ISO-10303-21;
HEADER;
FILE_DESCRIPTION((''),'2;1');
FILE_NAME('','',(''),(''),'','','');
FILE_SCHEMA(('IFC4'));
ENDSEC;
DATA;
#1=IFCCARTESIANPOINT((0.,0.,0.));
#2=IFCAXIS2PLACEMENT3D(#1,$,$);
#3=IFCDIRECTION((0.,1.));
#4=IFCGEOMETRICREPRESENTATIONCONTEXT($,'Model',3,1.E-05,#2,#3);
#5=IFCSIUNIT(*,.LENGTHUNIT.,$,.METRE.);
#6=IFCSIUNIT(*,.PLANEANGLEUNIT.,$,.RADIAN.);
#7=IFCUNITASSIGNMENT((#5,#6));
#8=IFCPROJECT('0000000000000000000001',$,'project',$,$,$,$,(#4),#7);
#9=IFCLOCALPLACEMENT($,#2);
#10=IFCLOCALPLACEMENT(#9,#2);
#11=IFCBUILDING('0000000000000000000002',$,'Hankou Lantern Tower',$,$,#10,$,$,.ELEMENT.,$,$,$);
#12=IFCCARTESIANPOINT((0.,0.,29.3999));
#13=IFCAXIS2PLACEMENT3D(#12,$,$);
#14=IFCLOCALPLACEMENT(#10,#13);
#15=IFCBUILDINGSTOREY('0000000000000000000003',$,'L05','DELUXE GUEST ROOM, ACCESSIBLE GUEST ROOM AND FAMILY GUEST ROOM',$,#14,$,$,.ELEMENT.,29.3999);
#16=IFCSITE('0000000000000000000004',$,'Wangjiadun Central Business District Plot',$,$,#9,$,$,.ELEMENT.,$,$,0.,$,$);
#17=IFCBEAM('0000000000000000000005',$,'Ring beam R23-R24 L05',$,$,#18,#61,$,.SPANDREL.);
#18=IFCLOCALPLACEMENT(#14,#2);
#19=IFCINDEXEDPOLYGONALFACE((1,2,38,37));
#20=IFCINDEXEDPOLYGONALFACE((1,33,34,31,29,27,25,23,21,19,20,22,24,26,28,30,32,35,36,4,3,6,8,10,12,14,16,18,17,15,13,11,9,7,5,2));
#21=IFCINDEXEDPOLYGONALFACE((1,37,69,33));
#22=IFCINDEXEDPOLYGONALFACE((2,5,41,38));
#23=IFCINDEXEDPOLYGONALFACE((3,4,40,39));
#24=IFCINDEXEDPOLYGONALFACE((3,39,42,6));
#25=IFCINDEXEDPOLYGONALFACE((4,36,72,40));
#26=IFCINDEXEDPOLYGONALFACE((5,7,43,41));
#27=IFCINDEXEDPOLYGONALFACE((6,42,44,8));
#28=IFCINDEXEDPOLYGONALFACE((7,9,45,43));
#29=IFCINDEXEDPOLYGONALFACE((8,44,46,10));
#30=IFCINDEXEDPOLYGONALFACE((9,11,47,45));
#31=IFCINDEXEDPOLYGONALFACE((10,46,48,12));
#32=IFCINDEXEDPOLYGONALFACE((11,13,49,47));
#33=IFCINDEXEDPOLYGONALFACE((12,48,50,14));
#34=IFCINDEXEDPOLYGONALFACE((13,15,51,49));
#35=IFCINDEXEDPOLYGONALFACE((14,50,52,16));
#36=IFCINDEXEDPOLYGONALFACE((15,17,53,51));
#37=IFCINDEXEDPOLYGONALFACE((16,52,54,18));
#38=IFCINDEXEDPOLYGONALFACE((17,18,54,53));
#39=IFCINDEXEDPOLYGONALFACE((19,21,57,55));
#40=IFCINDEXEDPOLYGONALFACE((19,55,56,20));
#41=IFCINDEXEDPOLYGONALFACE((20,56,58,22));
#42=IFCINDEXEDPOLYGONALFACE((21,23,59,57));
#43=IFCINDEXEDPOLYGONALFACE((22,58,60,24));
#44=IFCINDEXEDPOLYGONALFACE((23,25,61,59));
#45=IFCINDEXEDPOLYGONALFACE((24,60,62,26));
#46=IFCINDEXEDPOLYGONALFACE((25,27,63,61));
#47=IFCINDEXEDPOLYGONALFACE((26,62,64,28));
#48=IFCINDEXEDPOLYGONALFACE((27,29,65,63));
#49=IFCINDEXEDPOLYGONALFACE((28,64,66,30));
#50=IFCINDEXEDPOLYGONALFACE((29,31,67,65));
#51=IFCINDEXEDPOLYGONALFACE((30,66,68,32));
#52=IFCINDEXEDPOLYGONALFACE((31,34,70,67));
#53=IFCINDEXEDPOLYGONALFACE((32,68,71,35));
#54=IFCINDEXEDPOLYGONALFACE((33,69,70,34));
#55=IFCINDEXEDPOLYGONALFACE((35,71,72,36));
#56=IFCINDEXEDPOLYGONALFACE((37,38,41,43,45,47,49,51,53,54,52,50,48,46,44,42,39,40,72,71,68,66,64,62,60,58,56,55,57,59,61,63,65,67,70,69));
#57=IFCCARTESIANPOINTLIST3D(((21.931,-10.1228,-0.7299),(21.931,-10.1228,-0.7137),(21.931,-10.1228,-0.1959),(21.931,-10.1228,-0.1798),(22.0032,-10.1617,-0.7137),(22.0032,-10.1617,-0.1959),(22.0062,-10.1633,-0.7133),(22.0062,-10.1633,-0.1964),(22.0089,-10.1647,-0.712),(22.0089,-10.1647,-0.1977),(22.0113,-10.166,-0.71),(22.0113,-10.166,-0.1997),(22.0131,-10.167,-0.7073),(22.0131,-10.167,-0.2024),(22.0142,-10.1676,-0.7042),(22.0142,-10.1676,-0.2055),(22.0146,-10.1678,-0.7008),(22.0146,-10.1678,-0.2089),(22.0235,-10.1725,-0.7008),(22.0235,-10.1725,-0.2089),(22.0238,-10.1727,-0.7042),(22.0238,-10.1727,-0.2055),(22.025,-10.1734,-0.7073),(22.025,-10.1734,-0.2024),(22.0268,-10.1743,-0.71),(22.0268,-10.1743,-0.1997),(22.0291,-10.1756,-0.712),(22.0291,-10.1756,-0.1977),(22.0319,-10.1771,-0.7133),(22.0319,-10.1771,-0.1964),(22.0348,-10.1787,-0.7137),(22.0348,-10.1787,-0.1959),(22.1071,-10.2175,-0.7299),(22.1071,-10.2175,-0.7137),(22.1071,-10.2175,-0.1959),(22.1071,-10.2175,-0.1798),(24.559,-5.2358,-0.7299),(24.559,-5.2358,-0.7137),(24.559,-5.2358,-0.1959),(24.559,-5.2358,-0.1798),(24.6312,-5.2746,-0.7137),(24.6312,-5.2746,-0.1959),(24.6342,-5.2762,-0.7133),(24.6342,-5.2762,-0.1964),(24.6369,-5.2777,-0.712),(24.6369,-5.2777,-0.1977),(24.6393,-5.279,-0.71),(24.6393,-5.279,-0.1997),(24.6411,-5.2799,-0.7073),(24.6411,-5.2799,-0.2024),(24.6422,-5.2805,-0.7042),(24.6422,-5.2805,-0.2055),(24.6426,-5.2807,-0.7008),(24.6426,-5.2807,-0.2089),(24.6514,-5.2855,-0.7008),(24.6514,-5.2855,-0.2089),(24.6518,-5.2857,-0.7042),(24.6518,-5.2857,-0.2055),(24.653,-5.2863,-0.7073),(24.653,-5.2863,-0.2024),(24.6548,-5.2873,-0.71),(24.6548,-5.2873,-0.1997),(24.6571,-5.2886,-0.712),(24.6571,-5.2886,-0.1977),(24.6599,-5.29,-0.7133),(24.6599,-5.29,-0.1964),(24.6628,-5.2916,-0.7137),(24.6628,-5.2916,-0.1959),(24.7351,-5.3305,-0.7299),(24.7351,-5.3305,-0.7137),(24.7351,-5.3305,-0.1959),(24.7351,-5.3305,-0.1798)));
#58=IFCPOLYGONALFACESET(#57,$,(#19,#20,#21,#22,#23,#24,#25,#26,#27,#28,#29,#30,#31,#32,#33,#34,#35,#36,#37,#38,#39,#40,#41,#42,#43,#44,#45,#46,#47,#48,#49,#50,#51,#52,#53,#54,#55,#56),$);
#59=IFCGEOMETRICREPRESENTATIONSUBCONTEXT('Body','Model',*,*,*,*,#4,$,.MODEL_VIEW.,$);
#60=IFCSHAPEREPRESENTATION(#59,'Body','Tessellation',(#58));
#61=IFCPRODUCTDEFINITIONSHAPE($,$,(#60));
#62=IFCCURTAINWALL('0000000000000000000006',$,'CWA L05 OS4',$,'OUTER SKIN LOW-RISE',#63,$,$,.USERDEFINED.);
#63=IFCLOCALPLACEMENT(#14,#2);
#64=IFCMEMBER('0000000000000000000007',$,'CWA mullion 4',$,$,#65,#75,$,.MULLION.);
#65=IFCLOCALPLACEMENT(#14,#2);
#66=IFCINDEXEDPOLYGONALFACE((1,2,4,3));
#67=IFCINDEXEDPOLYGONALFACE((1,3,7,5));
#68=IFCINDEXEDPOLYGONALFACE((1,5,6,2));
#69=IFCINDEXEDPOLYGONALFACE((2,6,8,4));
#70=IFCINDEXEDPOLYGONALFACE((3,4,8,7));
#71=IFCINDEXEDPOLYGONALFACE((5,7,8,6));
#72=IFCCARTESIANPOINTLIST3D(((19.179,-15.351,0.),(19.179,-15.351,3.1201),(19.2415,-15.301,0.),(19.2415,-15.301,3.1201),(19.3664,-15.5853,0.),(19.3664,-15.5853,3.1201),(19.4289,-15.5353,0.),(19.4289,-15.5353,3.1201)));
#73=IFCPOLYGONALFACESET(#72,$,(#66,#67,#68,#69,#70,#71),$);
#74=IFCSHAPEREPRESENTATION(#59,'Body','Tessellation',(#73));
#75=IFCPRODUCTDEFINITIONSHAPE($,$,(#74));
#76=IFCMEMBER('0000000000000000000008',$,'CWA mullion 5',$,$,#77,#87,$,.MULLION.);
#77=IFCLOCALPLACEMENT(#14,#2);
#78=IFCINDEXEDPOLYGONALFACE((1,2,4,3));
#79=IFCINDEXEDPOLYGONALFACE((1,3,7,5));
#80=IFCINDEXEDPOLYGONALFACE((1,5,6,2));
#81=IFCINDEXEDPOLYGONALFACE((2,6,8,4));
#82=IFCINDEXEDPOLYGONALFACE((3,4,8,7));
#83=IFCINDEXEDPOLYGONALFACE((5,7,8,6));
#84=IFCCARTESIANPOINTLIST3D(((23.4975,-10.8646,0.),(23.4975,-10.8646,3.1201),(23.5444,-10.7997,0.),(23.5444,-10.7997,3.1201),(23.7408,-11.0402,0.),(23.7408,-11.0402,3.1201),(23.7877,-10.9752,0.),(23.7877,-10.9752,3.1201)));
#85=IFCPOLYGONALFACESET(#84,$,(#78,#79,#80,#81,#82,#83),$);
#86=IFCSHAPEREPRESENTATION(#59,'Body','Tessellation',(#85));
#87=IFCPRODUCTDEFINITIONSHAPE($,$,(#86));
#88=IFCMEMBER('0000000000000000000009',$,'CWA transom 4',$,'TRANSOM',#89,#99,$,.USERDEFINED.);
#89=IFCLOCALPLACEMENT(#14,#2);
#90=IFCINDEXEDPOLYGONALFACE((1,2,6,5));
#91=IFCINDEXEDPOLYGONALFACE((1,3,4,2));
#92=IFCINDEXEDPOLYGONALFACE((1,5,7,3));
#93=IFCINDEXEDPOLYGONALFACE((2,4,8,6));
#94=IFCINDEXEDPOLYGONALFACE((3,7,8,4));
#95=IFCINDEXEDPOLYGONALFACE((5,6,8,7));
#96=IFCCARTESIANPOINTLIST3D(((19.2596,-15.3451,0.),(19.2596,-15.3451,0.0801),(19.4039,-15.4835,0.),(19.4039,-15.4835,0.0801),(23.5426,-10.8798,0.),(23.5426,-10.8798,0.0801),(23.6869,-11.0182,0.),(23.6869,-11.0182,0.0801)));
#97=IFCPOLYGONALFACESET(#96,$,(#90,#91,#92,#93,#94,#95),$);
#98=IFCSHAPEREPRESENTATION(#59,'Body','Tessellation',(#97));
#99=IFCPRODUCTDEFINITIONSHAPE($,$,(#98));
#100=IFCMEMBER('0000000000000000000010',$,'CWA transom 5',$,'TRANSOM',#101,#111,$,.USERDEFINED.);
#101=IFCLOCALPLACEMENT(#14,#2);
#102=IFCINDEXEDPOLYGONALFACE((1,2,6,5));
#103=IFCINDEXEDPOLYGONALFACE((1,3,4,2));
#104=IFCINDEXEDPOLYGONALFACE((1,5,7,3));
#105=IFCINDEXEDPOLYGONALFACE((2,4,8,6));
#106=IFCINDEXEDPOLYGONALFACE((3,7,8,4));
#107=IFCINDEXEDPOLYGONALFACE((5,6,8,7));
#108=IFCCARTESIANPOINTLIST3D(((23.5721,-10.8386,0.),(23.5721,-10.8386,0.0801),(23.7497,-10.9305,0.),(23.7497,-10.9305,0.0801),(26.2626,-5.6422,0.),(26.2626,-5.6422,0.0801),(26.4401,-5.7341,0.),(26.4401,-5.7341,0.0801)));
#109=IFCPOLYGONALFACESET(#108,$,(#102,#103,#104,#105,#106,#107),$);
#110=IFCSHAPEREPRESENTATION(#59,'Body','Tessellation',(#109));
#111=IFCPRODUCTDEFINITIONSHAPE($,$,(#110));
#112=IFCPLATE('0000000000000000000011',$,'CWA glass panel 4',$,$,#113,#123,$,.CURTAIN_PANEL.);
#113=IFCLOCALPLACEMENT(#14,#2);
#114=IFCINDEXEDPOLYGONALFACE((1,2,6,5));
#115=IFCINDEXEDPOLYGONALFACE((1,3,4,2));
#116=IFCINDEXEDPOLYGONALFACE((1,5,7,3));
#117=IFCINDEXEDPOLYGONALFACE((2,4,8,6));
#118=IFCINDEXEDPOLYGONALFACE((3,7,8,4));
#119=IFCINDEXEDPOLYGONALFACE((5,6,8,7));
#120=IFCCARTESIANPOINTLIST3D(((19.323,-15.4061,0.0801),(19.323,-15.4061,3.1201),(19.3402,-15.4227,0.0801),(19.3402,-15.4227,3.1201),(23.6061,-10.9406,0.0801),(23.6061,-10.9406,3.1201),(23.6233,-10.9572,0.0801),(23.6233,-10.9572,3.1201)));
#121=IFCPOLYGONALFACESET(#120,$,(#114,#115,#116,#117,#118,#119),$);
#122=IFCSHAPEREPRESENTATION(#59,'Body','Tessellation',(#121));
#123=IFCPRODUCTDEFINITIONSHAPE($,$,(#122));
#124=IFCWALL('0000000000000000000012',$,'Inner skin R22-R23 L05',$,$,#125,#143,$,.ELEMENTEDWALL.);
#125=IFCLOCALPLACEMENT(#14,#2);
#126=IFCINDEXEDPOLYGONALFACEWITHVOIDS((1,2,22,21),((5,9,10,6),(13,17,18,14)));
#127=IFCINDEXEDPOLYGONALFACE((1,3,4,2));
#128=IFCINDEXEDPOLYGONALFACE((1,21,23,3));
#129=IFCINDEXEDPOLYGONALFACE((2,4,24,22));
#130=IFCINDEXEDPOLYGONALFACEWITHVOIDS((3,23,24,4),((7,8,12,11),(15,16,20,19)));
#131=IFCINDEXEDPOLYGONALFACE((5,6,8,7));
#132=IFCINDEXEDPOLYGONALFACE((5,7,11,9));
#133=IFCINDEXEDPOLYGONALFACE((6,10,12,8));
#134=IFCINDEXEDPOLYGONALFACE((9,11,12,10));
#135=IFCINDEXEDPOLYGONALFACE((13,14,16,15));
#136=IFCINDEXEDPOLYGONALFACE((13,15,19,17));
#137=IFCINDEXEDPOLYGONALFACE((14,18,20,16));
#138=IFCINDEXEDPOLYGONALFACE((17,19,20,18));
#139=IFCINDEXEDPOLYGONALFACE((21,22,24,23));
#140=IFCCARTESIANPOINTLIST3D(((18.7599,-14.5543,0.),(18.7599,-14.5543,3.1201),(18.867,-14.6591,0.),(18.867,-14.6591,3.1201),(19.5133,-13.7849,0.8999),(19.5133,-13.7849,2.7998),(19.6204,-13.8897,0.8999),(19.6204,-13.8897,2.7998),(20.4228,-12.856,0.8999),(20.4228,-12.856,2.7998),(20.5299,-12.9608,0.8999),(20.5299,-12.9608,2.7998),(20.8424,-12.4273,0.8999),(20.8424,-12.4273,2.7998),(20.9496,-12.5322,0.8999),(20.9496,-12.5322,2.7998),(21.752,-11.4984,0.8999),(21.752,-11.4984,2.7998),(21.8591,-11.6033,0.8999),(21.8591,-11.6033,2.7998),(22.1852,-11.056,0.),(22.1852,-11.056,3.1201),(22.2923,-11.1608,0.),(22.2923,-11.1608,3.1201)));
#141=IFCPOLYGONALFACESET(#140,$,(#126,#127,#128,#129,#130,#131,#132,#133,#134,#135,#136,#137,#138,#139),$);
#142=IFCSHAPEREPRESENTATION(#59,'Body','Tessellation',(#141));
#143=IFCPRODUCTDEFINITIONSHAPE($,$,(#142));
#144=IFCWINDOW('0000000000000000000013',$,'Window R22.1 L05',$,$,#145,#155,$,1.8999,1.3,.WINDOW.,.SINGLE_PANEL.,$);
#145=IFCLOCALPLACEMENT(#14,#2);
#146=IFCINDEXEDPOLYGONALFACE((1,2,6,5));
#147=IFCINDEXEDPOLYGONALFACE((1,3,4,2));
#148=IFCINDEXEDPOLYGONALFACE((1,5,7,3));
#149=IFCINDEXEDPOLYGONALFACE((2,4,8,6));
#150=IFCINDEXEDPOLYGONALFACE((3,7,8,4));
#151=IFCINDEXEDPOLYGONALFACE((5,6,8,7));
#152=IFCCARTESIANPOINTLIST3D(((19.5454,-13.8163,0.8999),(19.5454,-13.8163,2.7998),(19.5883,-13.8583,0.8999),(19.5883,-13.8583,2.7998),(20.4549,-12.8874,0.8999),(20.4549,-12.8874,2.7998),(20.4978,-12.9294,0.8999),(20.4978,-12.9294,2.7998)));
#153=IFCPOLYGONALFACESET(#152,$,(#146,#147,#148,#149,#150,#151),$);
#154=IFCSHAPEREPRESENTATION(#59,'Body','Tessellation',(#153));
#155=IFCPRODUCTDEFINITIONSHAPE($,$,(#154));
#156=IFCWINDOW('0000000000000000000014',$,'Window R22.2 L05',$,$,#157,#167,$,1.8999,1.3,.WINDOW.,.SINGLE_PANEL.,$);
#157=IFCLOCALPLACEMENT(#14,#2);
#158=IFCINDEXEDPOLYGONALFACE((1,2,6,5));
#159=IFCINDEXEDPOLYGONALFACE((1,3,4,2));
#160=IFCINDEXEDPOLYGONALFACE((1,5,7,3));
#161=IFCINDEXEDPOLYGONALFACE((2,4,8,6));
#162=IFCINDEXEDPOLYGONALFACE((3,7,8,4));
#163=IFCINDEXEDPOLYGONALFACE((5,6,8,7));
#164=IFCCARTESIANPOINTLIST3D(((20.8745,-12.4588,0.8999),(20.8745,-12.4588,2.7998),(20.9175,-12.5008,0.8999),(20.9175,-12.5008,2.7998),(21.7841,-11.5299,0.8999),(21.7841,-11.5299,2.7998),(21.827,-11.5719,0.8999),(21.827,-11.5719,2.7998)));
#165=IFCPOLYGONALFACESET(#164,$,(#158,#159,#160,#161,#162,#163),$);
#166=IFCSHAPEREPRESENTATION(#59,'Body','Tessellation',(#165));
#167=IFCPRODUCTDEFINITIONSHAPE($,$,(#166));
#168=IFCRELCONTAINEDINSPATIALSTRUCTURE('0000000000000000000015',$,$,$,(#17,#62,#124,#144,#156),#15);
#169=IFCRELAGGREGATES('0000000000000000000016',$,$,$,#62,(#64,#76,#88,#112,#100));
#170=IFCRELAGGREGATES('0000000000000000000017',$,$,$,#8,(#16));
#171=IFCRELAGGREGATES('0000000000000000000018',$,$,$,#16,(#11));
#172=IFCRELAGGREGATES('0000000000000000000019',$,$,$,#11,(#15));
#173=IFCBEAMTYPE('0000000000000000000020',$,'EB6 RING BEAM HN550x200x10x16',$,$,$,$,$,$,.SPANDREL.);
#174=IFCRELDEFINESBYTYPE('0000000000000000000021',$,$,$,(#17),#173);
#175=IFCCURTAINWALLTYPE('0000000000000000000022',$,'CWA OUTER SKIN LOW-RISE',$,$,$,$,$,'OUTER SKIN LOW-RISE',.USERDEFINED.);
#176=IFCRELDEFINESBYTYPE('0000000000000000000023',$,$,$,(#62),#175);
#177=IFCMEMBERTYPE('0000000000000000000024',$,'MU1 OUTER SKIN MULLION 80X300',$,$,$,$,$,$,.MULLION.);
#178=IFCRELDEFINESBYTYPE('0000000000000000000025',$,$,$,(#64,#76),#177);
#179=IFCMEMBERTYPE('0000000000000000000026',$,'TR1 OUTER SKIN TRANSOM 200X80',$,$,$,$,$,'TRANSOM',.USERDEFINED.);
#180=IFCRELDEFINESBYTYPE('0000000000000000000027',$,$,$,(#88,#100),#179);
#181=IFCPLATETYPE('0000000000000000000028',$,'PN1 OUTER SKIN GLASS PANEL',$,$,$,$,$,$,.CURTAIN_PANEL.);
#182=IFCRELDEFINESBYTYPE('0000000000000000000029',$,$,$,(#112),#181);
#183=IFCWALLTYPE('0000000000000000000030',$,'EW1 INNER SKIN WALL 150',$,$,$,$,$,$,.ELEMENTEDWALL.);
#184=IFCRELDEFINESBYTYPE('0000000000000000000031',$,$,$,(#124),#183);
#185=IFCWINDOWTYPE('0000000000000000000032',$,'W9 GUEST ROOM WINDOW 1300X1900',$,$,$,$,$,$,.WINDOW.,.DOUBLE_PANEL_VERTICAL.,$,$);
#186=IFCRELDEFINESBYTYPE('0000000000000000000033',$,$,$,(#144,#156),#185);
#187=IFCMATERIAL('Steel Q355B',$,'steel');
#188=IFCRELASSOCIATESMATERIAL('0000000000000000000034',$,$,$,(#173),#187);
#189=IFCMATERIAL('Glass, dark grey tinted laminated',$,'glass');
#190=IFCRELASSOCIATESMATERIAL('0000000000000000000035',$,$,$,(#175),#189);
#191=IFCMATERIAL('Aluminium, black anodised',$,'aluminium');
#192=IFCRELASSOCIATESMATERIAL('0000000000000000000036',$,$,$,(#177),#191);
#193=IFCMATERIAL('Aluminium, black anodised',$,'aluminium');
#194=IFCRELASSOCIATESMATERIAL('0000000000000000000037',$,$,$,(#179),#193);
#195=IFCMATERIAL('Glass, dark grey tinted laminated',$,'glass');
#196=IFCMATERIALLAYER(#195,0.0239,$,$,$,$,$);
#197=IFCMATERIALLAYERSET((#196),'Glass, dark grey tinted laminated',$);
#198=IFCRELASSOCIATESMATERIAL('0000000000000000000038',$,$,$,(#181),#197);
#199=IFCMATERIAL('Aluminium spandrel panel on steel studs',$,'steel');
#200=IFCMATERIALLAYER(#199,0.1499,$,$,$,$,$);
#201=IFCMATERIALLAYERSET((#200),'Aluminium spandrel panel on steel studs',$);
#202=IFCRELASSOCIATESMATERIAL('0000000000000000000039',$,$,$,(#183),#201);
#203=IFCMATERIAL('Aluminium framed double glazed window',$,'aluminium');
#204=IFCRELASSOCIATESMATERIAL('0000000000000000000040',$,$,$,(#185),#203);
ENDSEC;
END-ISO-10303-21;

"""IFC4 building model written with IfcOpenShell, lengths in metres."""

from ifc_helpers import new_model, si_unit, direction, frame, frame_2d, origin, origin_2d, place, context, subcontext, project, spatial, rectangle, i_section, extrude, material, layer, layer_set, material_profile, profile_set, type_object, element, fill, aggregate, save


model = new_model("IFC4")

# Units and contexts
model_context = context("Model", 3, precision=1e-05, world=origin(), true_north=direction((0.0, 1.0)))
body_context = subcontext(model_context, "Body", "Model", "MODEL_VIEW")
ifc_project = project(units=[si_unit("LENGTHUNIT", "METRE"), si_unit("PLANEANGLEUNIT", "RADIAN")], contexts=[model_context])

# Site, building, storey
site_placement = place(None, origin())
site = spatial("IfcSite", under=ifc_project, at=site_placement, Name="Wangjiadun Central Business District Plot", CompositionType="ELEMENT", RefElevation=0.0)
building_placement = place(site_placement, origin())
building = spatial("IfcBuilding", under=site, at=building_placement, Name="Hankou Lantern Tower", CompositionType="ELEMENT")
storey_placement = place(building_placement, frame((0.0, 0.0, 29.3999)))
storey = spatial("IfcBuildingStorey", under=building, at=storey_placement, Name="L05", Description="DELUXE GUEST ROOM, ACCESSIBLE GUEST ROOM AND FAMILY GUEST ROOM", CompositionType="ELEMENT", Elevation=29.3999)

# Beam
ifc_material_1 = material(Name="Steel Q355B", Category="steel")
ifc_material_profile_1 = material_profile(ifc_material_1, i_section(OverallWidth=0.2, OverallDepth=0.55, WebThickness=0.01, FlangeThickness=0.0161, FilletRadius=0.0129, at=origin_2d()), Name="HN550x200x10x16")
ifc_profile_set_1 = profile_set([ifc_material_profile_1], Name="Steel Q355B")
beam_type = type_object("IfcBeamType", Name="EB6 RING BEAM HN550x200x10x16", PredefinedType="SPANDREL", material=ifc_profile_set_1)
beam_1_placement = place(storey_placement, frame((22.019, -10.1702, -0.4548), z_axis=(0.473609, 0.880735, 0.0), x_axis=(-0.880735, 0.473609, 0.0)))
element("IfcBeam", 1, at=beam_1_placement, inside=storey, type_object=beam_type, Name="Ring beam R23-R24 L05", PredefinedType="SPANDREL", context=body_context, shape_type="SweptSolid", body=[
    extrude(i_section(OverallWidth=0.2, OverallDepth=0.55, WebThickness=0.01, FlangeThickness=0.0161, FilletRadius=0.0129, at=origin_2d()), origin(), (0.0, 0.0, 1.0), 5.5488),
])

# Curtain wall, members, plate
ifc_material_2 = material(Name="Glass, dark grey tinted laminated", Category="glass")
curtain_wall_type = type_object("IfcCurtainWallType", Name="CWA OUTER SKIN LOW-RISE", ElementType="OUTER SKIN LOW-RISE", PredefinedType="USERDEFINED", material=ifc_material_2)
curtain_wall_placement = place(storey_placement, origin())
curtain_wall = element("IfcCurtainWall", 2, at=curtain_wall_placement, inside=storey, type_object=curtain_wall_type, Name="CWA L05 OS4", ObjectType="OUTER SKIN LOW-RISE", PredefinedType="USERDEFINED")
ifc_material_3 = material(Name="Aluminium, black anodised", Category="aluminium")
ifc_material_profile_2 = material_profile(ifc_material_3, rectangle(XDim=0.0801, YDim=0.3, at=origin_2d()), Name="MU1 80X300")
ifc_profile_set_2 = profile_set([ifc_material_profile_2], Name="Aluminium, black anodised")
member_type_1 = type_object("IfcMemberType", Name="MU1 OUTER SKIN MULLION 80X300", PredefinedType="MULLION", material=ifc_profile_set_2)
member_1_placement = place(storey_placement, frame((19.304, -15.4431, 0.0), z_axis=(0.0, 0.0, 1.0), x_axis=(0.780869, 0.624695, 0.0)))
member_1 = element("IfcMember", 3, at=member_1_placement, type_object=member_type_1, Name="CWA mullion 4", PredefinedType="MULLION", context=body_context, shape_type="SweptSolid", body=[
    extrude(rectangle(XDim=0.0801, YDim=0.3, at=origin_2d()), origin(), (0.0, 0.0, 1.0), 3.1201),
])
member_2_placement = place(storey_placement, frame((23.6426, -10.9199, 0.0), z_axis=(0.0, 0.0, 1.0), x_axis=(0.585206, 0.810885, 0.0)))
member_2 = element("IfcMember", 4, at=member_2_placement, type_object=member_type_1, Name="CWA mullion 5", PredefinedType="MULLION", context=body_context, shape_type="SweptSolid", body=[
    extrude(rectangle(XDim=0.0801, YDim=0.3, at=origin_2d()), origin(), (0.0, 0.0, 1.0), 3.1201),
])
ifc_material_4 = material(Name="Aluminium, black anodised", Category="aluminium")
ifc_material_profile_3 = material_profile(ifc_material_4, rectangle(XDim=0.2, YDim=0.0801, at=origin_2d()), Name="TR1 200X80")
ifc_profile_set_3 = profile_set([ifc_material_profile_3], Name="Aluminium, black anodised")
member_type_2 = type_object("IfcMemberType", Name="TR1 OUTER SKIN TRANSOM 200X80", ElementType="TRANSOM", PredefinedType="USERDEFINED", material=ifc_profile_set_3)
member_3_placement = place(storey_placement, frame((19.3318, -15.4143, 0.04), z_axis=(0.692216, 0.721691, 0.0), x_axis=(-0.721691, 0.692216, 0.0)))
member_3 = element("IfcMember", 5, at=member_3_placement, type_object=member_type_2, Name="CWA transom 4", ObjectType="TRANSOM", PredefinedType="USERDEFINED", context=body_context, shape_type="SweptSolid", body=[
    extrude(rectangle(XDim=0.2, YDim=0.0801, at=origin_2d()), origin(), (0.0, 0.0, 1.0), 6.1873),
])
member_4_placement = place(storey_placement, frame((23.6609, -10.8845, 0.04), z_axis=(0.459786, 0.88803, 0.0), x_axis=(-0.88803, 0.459786, 0.0)))
member_4 = element("IfcMember", 6, at=member_4_placement, type_object=member_type_2, Name="CWA transom 5", ObjectType="TRANSOM", PredefinedType="USERDEFINED", context=body_context, shape_type="SweptSolid", body=[
    extrude(rectangle(XDim=0.2, YDim=0.0801, at=origin_2d()), origin(), (0.0, 0.0, 1.0), 5.8516),
])
ifc_material_5 = material(Name="Glass, dark grey tinted laminated", Category="glass")
ifc_layer_1 = layer(ifc_material_5, 0.0239)
ifc_layer_set_1 = layer_set([ifc_layer_1], Name="Glass, dark grey tinted laminated")
plate_type = type_object("IfcPlateType", Name="PN1 OUTER SKIN GLASS PANEL", PredefinedType="CURTAIN_PANEL", material=ifc_layer_set_1)
plate_placement = place(storey_placement, frame((21.4731, -13.1816, 0.0801), z_axis=(0.0, 0.0, 1.0), x_axis=(0.692216, 0.721691, 0.0)))
plate = element("IfcPlate", 7, at=plate_placement, type_object=plate_type, Name="CWA glass panel 4", PredefinedType="CURTAIN_PANEL", context=body_context, shape_type="SweptSolid", body=[
    extrude(rectangle(XDim=6.1875, YDim=0.0239, at=origin_2d()), origin(), (0.0, 0.0, 1.0), 3.04),
])
aggregate(curtain_wall, [member_1, member_2, member_3, plate, member_4])

# Wall, openings, windows
ifc_material_6 = material(Name="Aluminium spandrel panel on steel studs", Category="steel")
ifc_layer_2 = layer(ifc_material_6, 0.1499)
ifc_layer_set_2 = layer_set([ifc_layer_2], Name="Aluminium spandrel panel on steel studs")
wall_type_1 = type_object("IfcWallType", Name="EW1 INNER SKIN WALL 150", PredefinedType="ELEMENTEDWALL", material=ifc_layer_set_2)
wall_1_placement = place(storey_placement, frame((18.8135, -14.6067, 0.0), z_axis=(0.0, 0.0, 1.0), x_axis=(0.699613, 0.714522, 0.0)))
wall_1 = element("IfcWall", 8, at=wall_1_placement, inside=storey, type_object=wall_type_1, Name="Inner skin R22-R23 L05", PredefinedType="ELEMENTEDWALL", context=body_context, shape_type="SweptSolid", body=[
    extrude(rectangle(XDim=4.896, YDim=0.1499, at=frame_2d((2.448, 0.0))), origin(), (0.0, 0.0, 1.0), 3.1201),
])
opening_1_placement = place(wall_1_placement, frame((1.0769, 0.0, 0.8999)))
opening_1 = element("IfcOpeningElement", 9, at=opening_1_placement, cuts=wall_1, PredefinedType="OPENING", context=body_context, shape_type="SweptSolid", body=[
    extrude(rectangle(XDim=1.3, YDim=1.8999, at=frame_2d((0.6499, 0.95))), frame((0.0, 0.085, 0.0), z_axis=(0.0, -1.0, 0.0), x_axis=(1.0, 0.0, 0.0)), (0.0, 0.0, 1.0), 0.1699),
])
opening_2_placement = place(wall_1_placement, frame((2.9768, 0.0, 0.8999)))
opening_2 = element("IfcOpeningElement", 10, at=opening_2_placement, cuts=wall_1, PredefinedType="OPENING", context=body_context, shape_type="SweptSolid", body=[
    extrude(rectangle(XDim=1.3, YDim=1.8999, at=frame_2d((0.6499, 0.95))), frame((0.0, 0.085, 0.0), z_axis=(0.0, -1.0, 0.0), x_axis=(1.0, 0.0, 0.0)), (0.0, 0.0, 1.0), 0.1699),
])
ifc_material_7 = material(Name="Aluminium framed double glazed window", Category="aluminium")
window_type = type_object("IfcWindowType", Name="W9 GUEST ROOM WINDOW 1300X1900", PartitioningType="DOUBLE_PANEL_VERTICAL", PredefinedType="WINDOW", material=ifc_material_7)
window_1_placement = place(opening_1_placement, origin())
window_1 = element("IfcWindow", 11, at=window_1_placement, inside=storey, type_object=window_type, Name="Window R22.1 L05", OverallHeight=1.8999, OverallWidth=1.3, PartitioningType="SINGLE_PANEL", PredefinedType="WINDOW", context=body_context, shape_type="SweptSolid", body=[
    extrude(rectangle(XDim=1.3, YDim=1.8999, at=frame_2d((0.6499, 0.95))), frame((0.0, 0.03, 0.0), z_axis=(0.0, -1.0, 0.0), x_axis=(1.0, 0.0, 0.0)), (0.0, 0.0, 1.0), 0.0601),
])
fill(opening_1, window_1)
window_2_placement = place(opening_2_placement, origin())
window_2 = element("IfcWindow", 12, at=window_2_placement, inside=storey, type_object=window_type, Name="Window R22.2 L05", OverallHeight=1.8999, OverallWidth=1.3, PartitioningType="SINGLE_PANEL", PredefinedType="WINDOW", context=body_context, shape_type="SweptSolid", body=[
    extrude(rectangle(XDim=1.3, YDim=1.8999, at=frame_2d((0.6499, 0.95))), frame((0.0, 0.03, 0.0), z_axis=(0.0, -1.0, 0.0), x_axis=(1.0, 0.0, 0.0)), (0.0, 0.0, 1.0), 0.0601),
])
fill(opening_2, window_2)

save(model, "model.ifc")
